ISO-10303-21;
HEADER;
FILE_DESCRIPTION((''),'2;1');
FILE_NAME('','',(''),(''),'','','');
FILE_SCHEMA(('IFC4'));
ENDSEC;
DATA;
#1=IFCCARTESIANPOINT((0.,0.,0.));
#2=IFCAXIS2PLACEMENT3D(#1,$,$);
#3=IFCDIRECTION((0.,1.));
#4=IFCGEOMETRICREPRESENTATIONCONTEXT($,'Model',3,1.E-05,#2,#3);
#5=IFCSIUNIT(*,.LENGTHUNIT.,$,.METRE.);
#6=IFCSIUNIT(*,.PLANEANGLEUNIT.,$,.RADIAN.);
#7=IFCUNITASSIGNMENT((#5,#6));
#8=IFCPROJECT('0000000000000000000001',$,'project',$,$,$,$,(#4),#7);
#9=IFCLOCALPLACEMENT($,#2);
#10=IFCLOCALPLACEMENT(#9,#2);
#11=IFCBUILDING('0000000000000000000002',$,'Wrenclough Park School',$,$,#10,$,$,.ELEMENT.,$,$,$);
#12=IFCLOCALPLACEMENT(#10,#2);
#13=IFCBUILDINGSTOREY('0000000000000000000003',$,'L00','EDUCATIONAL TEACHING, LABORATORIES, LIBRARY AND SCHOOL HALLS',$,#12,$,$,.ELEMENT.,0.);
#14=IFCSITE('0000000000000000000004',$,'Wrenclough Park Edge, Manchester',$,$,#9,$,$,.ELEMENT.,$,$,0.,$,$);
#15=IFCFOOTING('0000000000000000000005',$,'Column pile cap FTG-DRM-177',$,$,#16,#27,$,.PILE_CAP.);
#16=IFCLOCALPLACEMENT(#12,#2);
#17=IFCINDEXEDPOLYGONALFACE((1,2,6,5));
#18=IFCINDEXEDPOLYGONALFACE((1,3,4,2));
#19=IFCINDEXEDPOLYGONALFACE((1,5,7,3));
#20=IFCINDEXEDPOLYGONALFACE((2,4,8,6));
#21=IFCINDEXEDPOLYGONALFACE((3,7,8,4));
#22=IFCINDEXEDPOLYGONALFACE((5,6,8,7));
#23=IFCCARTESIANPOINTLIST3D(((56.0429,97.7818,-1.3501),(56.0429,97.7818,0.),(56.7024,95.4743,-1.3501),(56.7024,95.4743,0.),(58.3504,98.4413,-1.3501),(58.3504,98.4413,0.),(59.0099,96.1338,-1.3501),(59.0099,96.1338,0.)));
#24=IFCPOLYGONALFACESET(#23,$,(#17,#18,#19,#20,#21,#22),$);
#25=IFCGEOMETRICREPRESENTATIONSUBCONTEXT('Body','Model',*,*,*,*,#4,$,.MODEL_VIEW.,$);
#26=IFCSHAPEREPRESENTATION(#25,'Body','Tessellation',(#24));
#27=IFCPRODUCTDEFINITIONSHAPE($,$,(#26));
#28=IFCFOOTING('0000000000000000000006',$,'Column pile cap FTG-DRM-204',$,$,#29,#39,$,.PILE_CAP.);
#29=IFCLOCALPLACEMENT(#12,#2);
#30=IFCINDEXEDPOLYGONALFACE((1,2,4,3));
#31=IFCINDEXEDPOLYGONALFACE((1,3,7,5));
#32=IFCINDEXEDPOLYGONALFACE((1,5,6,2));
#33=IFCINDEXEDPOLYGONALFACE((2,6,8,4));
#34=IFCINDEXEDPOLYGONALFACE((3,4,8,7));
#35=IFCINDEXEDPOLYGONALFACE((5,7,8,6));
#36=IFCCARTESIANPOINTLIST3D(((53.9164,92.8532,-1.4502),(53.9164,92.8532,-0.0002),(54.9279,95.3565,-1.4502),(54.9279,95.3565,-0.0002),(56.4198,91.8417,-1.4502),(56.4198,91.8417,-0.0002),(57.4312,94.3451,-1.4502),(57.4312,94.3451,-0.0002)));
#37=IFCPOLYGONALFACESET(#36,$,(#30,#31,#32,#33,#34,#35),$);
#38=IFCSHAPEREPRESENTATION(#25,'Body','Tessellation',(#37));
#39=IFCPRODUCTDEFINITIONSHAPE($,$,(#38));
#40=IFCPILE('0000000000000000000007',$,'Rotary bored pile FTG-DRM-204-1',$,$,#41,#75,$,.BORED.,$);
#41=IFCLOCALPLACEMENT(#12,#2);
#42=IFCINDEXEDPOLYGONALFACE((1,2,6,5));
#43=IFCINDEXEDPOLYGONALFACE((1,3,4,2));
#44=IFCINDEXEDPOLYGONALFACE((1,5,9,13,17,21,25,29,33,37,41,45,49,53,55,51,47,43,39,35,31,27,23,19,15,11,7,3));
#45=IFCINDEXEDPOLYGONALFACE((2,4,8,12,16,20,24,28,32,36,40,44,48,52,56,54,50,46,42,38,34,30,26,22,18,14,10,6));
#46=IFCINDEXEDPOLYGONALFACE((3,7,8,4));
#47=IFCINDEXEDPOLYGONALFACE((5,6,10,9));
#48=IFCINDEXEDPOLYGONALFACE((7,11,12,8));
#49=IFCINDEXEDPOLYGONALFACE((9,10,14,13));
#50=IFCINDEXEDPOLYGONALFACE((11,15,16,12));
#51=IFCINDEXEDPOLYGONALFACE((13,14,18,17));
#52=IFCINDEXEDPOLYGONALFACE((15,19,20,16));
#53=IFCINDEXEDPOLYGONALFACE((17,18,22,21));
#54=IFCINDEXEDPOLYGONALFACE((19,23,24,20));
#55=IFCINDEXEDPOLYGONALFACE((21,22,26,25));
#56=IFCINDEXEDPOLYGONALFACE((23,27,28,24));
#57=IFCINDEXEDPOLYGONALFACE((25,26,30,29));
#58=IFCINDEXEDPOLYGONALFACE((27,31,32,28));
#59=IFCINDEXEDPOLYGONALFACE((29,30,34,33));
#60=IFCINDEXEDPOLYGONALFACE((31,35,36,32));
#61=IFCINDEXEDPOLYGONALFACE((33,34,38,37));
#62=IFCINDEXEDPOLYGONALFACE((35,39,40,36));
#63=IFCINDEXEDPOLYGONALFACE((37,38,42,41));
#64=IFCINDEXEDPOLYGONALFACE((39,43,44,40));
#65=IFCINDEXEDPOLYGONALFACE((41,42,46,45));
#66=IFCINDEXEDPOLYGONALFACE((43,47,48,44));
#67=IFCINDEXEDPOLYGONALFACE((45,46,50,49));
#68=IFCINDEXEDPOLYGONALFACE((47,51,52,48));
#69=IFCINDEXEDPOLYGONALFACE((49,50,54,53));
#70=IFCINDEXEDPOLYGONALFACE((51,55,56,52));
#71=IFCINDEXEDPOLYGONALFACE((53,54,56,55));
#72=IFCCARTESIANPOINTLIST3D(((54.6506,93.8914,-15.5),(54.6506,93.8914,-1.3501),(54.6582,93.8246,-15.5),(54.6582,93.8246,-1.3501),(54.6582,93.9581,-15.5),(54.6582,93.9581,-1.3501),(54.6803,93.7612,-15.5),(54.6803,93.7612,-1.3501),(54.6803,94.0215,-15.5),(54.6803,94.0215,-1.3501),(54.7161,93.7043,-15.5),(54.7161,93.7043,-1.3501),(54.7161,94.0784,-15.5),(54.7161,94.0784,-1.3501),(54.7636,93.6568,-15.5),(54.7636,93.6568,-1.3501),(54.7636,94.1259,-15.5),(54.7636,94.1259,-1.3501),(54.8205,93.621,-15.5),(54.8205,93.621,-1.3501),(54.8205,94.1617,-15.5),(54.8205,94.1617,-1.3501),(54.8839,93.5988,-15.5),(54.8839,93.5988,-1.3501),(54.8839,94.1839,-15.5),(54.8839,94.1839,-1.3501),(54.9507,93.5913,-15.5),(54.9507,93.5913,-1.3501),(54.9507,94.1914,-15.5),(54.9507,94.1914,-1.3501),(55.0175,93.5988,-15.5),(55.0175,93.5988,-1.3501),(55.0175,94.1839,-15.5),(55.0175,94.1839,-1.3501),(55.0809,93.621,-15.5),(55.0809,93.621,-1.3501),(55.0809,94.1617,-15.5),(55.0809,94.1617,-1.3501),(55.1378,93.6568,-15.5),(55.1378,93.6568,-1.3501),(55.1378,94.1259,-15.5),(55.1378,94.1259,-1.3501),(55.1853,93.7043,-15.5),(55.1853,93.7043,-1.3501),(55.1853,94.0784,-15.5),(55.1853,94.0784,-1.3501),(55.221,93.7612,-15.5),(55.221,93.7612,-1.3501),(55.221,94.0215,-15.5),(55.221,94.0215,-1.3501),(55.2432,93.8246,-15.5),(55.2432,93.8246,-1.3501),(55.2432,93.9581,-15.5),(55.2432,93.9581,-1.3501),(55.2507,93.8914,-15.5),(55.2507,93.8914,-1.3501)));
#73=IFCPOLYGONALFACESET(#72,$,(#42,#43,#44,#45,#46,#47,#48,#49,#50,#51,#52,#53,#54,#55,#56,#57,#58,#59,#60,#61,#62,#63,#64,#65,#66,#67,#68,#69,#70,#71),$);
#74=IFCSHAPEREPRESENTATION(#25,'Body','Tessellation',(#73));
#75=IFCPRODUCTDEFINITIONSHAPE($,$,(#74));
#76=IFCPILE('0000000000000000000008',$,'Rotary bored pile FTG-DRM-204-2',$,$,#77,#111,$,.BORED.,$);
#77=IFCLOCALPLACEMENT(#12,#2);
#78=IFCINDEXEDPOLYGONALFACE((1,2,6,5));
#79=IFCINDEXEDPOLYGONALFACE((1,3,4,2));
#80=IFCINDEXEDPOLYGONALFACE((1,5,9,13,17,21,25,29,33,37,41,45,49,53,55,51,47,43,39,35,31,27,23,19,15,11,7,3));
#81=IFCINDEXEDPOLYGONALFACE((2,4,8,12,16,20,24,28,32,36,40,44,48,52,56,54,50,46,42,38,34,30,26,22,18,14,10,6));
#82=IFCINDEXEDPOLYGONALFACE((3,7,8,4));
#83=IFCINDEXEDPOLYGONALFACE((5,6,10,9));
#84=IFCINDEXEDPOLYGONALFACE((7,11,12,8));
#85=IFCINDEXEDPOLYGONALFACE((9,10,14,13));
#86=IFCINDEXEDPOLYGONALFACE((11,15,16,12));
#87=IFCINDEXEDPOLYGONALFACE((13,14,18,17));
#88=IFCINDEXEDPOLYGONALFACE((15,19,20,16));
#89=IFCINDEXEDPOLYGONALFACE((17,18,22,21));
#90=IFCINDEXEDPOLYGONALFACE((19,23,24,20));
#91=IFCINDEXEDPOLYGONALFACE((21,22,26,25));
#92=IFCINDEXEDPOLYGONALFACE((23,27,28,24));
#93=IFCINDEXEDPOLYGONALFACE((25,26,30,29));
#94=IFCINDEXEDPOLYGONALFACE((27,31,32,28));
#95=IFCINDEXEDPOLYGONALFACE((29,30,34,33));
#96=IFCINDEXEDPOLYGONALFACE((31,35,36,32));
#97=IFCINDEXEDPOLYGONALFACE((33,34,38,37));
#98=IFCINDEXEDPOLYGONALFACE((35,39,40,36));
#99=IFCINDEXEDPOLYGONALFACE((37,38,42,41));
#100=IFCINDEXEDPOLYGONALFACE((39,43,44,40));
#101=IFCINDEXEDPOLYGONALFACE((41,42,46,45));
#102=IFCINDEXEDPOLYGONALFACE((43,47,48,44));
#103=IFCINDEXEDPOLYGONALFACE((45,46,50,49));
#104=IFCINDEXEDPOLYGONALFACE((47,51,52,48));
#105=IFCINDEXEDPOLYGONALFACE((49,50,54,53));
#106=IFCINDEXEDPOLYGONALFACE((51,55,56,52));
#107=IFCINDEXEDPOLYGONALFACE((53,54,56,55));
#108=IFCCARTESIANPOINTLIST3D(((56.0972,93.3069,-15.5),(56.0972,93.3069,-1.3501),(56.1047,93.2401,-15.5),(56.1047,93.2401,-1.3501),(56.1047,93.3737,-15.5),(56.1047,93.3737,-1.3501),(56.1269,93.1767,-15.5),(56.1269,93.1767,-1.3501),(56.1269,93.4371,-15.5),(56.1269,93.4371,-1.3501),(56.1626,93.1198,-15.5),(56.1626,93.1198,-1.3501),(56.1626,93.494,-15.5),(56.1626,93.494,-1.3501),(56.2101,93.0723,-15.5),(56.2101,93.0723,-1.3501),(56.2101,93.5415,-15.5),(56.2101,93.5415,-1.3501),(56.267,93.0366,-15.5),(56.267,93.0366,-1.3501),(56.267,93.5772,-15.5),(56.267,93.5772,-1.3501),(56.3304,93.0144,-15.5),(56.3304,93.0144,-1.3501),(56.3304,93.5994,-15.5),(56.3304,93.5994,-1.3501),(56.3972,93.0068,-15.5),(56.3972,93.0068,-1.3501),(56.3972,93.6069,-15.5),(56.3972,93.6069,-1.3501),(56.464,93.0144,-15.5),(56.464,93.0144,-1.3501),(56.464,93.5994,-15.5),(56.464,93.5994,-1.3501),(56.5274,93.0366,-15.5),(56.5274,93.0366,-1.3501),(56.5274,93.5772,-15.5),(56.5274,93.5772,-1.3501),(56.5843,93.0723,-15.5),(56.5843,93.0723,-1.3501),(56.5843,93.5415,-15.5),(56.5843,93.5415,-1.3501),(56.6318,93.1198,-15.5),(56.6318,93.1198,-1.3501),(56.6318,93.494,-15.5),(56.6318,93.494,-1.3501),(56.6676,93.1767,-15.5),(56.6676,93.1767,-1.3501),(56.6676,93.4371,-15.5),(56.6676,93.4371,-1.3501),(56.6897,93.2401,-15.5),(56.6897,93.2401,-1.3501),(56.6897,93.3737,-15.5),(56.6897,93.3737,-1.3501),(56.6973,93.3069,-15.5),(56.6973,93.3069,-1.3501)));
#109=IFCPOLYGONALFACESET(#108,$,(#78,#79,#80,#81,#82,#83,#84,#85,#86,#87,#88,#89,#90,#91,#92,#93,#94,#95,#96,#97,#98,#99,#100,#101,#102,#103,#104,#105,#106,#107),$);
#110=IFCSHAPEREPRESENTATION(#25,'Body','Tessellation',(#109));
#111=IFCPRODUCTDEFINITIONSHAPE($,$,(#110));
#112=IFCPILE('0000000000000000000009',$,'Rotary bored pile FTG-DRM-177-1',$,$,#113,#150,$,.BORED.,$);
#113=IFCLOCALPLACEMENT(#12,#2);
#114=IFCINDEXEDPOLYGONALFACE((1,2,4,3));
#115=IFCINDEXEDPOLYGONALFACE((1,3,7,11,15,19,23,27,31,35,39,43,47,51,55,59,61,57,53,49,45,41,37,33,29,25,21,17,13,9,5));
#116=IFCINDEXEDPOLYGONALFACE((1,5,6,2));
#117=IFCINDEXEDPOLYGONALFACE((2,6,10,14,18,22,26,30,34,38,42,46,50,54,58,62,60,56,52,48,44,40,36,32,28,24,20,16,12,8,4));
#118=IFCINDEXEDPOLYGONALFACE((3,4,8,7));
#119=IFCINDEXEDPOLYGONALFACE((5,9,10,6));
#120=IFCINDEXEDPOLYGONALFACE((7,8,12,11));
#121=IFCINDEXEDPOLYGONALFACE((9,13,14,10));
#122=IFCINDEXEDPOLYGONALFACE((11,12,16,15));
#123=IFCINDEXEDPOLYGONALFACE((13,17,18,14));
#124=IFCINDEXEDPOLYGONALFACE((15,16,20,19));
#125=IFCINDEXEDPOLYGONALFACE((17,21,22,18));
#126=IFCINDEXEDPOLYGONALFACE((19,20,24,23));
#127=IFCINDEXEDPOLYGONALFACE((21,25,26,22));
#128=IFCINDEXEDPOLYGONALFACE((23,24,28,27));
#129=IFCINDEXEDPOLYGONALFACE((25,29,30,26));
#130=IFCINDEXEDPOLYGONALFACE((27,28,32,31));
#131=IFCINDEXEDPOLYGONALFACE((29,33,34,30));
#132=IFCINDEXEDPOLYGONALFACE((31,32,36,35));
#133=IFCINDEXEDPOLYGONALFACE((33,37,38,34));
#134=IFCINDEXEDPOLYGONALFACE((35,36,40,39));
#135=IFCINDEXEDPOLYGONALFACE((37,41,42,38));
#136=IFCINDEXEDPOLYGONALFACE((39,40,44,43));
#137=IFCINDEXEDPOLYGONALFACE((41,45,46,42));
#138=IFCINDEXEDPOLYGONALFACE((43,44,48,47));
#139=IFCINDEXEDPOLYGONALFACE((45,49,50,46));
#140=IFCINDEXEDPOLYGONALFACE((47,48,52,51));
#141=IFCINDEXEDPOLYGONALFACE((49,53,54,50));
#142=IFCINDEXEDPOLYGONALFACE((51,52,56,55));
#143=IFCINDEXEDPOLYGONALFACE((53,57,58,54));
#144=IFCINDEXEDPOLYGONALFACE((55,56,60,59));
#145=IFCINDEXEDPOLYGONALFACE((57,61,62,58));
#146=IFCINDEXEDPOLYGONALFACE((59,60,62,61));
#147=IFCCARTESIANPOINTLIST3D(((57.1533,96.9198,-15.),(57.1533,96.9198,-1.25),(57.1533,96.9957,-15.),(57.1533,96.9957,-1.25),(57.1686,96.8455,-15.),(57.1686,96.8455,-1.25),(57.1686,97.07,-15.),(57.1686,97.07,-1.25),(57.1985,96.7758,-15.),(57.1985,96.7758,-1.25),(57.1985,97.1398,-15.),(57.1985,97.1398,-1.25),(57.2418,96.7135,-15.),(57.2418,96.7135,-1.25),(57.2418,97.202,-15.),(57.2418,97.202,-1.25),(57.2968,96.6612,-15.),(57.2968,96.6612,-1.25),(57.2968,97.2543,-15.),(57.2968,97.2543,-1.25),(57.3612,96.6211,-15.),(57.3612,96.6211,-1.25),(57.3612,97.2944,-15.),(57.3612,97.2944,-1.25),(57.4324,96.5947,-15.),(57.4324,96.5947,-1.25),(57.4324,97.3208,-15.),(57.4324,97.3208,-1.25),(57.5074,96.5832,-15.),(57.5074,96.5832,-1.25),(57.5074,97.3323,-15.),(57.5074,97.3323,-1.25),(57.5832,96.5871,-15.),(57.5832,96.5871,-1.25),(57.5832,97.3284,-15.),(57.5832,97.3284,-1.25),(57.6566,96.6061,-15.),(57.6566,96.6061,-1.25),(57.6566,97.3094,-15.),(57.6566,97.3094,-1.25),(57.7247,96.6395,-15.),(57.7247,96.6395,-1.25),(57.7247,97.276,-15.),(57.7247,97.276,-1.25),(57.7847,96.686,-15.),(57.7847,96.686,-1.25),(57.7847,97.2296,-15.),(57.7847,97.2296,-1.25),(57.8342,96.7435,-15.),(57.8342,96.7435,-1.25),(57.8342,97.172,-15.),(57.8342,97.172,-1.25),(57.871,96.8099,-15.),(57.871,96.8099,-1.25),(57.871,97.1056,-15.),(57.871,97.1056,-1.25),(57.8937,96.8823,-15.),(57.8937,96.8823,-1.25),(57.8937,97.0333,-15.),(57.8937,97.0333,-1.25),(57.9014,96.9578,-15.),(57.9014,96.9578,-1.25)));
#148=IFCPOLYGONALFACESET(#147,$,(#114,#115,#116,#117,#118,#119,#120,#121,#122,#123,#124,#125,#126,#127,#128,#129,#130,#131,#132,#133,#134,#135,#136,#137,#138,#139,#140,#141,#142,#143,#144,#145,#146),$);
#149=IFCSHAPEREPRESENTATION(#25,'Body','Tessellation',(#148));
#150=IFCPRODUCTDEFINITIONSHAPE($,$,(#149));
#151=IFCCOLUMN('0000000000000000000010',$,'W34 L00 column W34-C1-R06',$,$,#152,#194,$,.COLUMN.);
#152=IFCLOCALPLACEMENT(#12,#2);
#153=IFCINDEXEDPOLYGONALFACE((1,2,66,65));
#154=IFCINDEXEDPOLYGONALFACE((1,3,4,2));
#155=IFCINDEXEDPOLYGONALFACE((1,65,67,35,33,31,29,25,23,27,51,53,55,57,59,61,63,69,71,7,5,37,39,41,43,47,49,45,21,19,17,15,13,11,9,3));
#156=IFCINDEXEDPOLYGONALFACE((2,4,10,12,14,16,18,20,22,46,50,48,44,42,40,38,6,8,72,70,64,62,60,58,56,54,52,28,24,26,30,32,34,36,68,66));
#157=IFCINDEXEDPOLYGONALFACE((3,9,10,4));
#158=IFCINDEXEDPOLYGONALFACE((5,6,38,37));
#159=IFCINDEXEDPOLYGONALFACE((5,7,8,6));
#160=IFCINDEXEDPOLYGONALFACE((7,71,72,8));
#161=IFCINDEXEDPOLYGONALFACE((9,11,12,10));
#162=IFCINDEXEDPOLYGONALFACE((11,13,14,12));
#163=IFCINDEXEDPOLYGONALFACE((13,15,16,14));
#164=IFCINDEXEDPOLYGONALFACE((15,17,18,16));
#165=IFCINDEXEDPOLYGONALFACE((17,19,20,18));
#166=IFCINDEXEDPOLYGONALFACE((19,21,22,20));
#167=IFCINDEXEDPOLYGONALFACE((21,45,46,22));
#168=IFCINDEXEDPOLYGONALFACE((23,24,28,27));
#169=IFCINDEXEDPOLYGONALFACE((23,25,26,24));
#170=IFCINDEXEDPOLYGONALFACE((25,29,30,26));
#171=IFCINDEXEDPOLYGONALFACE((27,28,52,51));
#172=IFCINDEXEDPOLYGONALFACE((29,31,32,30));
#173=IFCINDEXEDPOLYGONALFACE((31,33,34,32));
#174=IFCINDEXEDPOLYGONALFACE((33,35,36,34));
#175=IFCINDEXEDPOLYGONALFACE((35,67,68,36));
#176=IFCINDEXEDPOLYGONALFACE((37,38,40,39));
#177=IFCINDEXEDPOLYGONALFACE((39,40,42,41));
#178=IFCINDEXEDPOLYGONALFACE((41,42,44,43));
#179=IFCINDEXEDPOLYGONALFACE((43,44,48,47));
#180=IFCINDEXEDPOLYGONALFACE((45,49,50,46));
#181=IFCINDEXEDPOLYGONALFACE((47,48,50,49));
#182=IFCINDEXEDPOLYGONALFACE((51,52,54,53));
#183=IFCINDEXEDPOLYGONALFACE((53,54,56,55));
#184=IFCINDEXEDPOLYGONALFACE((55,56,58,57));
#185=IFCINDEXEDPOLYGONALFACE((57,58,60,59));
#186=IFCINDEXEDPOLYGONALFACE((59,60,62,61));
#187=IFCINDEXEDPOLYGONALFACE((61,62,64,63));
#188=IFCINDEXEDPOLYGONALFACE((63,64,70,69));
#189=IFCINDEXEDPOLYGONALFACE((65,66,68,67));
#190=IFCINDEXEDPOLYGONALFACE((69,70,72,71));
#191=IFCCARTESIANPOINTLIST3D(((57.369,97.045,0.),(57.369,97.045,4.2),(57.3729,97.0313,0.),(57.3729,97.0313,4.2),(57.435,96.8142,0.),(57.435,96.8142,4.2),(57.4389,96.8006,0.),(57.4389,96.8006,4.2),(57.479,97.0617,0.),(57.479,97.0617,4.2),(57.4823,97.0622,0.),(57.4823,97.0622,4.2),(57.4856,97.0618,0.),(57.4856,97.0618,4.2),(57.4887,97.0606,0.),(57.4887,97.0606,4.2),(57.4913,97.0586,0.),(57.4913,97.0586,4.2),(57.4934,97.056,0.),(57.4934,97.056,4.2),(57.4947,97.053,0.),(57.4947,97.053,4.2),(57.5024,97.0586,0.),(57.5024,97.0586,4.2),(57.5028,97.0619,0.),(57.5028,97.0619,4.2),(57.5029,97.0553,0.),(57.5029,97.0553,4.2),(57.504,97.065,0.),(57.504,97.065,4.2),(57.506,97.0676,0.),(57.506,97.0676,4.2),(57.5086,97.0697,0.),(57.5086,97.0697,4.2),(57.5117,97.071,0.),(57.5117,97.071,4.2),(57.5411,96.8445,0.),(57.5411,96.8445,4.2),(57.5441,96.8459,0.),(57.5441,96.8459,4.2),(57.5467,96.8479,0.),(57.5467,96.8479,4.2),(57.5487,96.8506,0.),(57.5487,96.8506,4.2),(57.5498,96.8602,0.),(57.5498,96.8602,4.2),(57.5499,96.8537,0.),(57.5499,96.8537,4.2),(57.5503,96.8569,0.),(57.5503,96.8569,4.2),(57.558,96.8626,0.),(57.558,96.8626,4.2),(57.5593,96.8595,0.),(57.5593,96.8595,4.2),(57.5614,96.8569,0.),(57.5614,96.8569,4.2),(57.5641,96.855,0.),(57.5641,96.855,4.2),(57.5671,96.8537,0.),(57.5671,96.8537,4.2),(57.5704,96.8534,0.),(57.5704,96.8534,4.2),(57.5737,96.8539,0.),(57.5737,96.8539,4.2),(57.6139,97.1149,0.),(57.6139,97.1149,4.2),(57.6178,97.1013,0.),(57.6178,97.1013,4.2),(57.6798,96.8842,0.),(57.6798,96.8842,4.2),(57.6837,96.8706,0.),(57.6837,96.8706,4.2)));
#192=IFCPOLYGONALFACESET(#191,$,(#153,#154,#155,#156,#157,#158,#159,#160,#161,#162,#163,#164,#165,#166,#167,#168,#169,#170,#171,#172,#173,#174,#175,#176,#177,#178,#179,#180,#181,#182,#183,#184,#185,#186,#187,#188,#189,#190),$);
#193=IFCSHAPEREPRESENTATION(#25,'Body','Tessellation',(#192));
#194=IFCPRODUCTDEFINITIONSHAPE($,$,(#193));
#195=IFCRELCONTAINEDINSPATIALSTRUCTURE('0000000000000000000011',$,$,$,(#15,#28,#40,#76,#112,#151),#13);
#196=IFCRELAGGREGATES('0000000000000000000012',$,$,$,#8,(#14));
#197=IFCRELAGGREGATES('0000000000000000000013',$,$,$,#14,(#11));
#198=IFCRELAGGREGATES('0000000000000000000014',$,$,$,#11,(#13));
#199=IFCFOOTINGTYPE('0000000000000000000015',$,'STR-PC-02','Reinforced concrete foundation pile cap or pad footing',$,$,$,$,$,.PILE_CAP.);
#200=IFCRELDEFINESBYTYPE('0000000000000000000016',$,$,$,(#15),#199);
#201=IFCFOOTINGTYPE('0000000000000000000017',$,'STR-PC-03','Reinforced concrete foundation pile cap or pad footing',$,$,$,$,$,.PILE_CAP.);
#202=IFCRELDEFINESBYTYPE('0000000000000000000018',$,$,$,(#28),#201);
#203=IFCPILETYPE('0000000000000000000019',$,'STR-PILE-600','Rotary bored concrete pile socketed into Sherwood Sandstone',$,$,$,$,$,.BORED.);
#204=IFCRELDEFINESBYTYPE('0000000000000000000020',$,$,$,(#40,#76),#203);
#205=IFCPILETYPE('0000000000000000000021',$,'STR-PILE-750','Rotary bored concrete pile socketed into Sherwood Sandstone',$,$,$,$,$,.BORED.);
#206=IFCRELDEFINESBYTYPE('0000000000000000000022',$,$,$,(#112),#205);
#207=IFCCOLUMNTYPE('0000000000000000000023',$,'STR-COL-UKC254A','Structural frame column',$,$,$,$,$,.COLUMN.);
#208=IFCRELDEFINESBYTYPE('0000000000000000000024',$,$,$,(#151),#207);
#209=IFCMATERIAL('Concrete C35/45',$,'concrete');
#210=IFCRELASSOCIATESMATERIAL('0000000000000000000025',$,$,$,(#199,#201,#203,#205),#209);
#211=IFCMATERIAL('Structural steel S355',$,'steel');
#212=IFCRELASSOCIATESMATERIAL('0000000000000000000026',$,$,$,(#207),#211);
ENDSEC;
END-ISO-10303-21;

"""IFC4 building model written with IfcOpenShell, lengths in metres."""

from ifc_helpers import new_model, si_unit, direction, frame, origin, origin_2d, place, context, subcontext, project, spatial, rectangle, circle, i_section, extrude, material, material_profile, profile_set, type_object, element, save


model = new_model("IFC4")

# Units and contexts
model_context = context("Model", 3, precision=1e-05, world=origin(), true_north=direction((0.0, 1.0)))
body_context = subcontext(model_context, "Body", "Model", "MODEL_VIEW")
ifc_project = project(units=[si_unit("LENGTHUNIT", "METRE"), si_unit("PLANEANGLEUNIT", "RADIAN")], contexts=[model_context])

# Site, building, storey
site_placement = place(None, origin())
site = spatial("IfcSite", under=ifc_project, at=site_placement, Name="Wrenclough Park Edge, Manchester", CompositionType="ELEMENT", RefElevation=0.0)
building_placement = place(site_placement, origin())
building = spatial("IfcBuilding", under=site, at=building_placement, Name="Wrenclough Park School", CompositionType="ELEMENT")
storey_placement = place(building_placement, origin())
storey = spatial("IfcBuildingStorey", under=building, at=storey_placement, Name="L00", Description="EDUCATIONAL TEACHING, LABORATORIES, LIBRARY AND SCHOOL HALLS", CompositionType="ELEMENT", Elevation=0.0)

# Footings
ifc_material_1 = material(Name="Concrete C35/45", Category="concrete")
footing_type_1 = type_object("IfcFootingType", Name="STR-PC-02", Description="Reinforced concrete foundation pile cap or pad footing", PredefinedType="PILE_CAP", material=ifc_material_1)
footing_1_placement = place(storey_placement, frame((57.5264, 96.9578, -1.3501), z_axis=(0.0, 0.0, 1.0), x_axis=(0.961502, 0.274798, 0.0)))
element("IfcFooting", 1, at=footing_1_placement, inside=storey, type_object=footing_type_1, Name="Column pile cap FTG-DRM-177", PredefinedType="PILE_CAP", context=body_context, shape_type="SweptSolid", body=[
    extrude(rectangle(XDim=2.3999, YDim=2.3999, at=origin_2d()), origin(), (0.0, 0.0, 1.0), 1.3501),
])
footing_type_2 = type_object("IfcFootingType", Name="STR-PC-03", Description="Reinforced concrete foundation pile cap or pad footing", PredefinedType="PILE_CAP", material=ifc_material_1)
footing_2_placement = place(storey_placement, frame((55.6738, 93.5991, -1.4502), z_axis=(0.0, 0.0, 1.0), x_axis=(0.927184, -0.374607, 0.0)))
element("IfcFooting", 2, at=footing_2_placement, inside=storey, type_object=footing_type_2, Name="Column pile cap FTG-DRM-204", PredefinedType="PILE_CAP", context=body_context, shape_type="SweptSolid", body=[
    extrude(rectangle(XDim=2.7, YDim=2.7, at=origin_2d()), origin(), (0.0, 0.0, 1.0), 1.45),
])

# Piles
ifc_material_profile_1 = material_profile(ifc_material_1, circle(Radius=0.3, at=origin_2d()), Name="BORED PILE D600")
ifc_profile_set_1 = profile_set([ifc_material_profile_1], Name="Concrete C35/45")
pile_type_1 = type_object("IfcPileType", Name="STR-PILE-600", Description="Rotary bored concrete pile socketed into Sherwood Sandstone", PredefinedType="BORED", material=ifc_profile_set_1)
for number, where, z_axis, x_axis, name in (
    (3, (54.9507, 93.8914, -1.3501), (0.0, 0.0, -1.0), (1.0, 0.0, 0.0), "Rotary bored pile FTG-DRM-204-1"),
    (4, (56.3972, 93.3069, -1.3501), (0.0, 0.0, -1.0), (1.0, 0.0, 0.0), "Rotary bored pile FTG-DRM-204-2"),
):
    element("IfcPile", number, at=place(storey_placement, frame(where, z_axis=z_axis, x_axis=x_axis)), inside=storey, type_object=pile_type_1, Name=name, PredefinedType="BORED", context=body_context, shape_type="SweptSolid", body=[
        extrude(circle(Radius=0.3, at=origin_2d()), origin(), (0.0, 0.0, 1.0), 14.1499),
    ])
ifc_material_profile_2 = material_profile(ifc_material_1, circle(Radius=0.375, at=origin_2d()), Name="BORED PILE D750")
ifc_profile_set_2 = profile_set([ifc_material_profile_2], Name="Concrete C35/45")
pile_type_2 = type_object("IfcPileType", Name="STR-PILE-750", Description="Rotary bored concrete pile socketed into Sherwood Sandstone", PredefinedType="BORED", material=ifc_profile_set_2)
pile_placement = place(storey_placement, frame((57.5264, 96.9578, -1.25), z_axis=(0.0, 0.0, -1.0), x_axis=(1.0, 0.0, 0.0)))
element("IfcPile", 5, at=pile_placement, inside=storey, type_object=pile_type_2, Name="Rotary bored pile FTG-DRM-177-1", PredefinedType="BORED", context=body_context, shape_type="SweptSolid", body=[
    extrude(circle(Radius=0.375, at=origin_2d()), origin(), (0.0, 0.0, 1.0), 13.75),
])

# Column
ifc_material_2 = material(Name="Structural steel S355", Category="steel")
ifc_material_profile_3 = material_profile(ifc_material_2, i_section(OverallWidth=0.2546, OverallDepth=0.2542, WebThickness=0.0085, FlangeThickness=0.0142, FilletRadius=0.0127, at=origin_2d()), Name="UKC 254x254x73")
ifc_profile_set_3 = profile_set([ifc_material_profile_3], Name="Structural steel S355")
column_type_1 = type_object("IfcColumnType", Name="STR-COL-UKC254A", Description="Structural frame column", PredefinedType="COLUMN", material=ifc_profile_set_3)
column_1_placement = place(storey_placement, frame((57.5264, 96.9578, 0.0), z_axis=(0.0, 0.0, 1.0), x_axis=(0.961502, 0.274798, 0.0)))
element("IfcColumn", 6, at=column_1_placement, inside=storey, type_object=column_type_1, Name="W34 L00 column W34-C1-R06", PredefinedType="COLUMN", context=body_context, shape_type="SweptSolid", body=[
    extrude(i_section(OverallWidth=0.2546, OverallDepth=0.2542, WebThickness=0.0085, FlangeThickness=0.0142, FilletRadius=0.0127, at=origin_2d()), origin(), (0.0, 0.0, 1.0), 4.2),
])

save(model, "model.ifc")
